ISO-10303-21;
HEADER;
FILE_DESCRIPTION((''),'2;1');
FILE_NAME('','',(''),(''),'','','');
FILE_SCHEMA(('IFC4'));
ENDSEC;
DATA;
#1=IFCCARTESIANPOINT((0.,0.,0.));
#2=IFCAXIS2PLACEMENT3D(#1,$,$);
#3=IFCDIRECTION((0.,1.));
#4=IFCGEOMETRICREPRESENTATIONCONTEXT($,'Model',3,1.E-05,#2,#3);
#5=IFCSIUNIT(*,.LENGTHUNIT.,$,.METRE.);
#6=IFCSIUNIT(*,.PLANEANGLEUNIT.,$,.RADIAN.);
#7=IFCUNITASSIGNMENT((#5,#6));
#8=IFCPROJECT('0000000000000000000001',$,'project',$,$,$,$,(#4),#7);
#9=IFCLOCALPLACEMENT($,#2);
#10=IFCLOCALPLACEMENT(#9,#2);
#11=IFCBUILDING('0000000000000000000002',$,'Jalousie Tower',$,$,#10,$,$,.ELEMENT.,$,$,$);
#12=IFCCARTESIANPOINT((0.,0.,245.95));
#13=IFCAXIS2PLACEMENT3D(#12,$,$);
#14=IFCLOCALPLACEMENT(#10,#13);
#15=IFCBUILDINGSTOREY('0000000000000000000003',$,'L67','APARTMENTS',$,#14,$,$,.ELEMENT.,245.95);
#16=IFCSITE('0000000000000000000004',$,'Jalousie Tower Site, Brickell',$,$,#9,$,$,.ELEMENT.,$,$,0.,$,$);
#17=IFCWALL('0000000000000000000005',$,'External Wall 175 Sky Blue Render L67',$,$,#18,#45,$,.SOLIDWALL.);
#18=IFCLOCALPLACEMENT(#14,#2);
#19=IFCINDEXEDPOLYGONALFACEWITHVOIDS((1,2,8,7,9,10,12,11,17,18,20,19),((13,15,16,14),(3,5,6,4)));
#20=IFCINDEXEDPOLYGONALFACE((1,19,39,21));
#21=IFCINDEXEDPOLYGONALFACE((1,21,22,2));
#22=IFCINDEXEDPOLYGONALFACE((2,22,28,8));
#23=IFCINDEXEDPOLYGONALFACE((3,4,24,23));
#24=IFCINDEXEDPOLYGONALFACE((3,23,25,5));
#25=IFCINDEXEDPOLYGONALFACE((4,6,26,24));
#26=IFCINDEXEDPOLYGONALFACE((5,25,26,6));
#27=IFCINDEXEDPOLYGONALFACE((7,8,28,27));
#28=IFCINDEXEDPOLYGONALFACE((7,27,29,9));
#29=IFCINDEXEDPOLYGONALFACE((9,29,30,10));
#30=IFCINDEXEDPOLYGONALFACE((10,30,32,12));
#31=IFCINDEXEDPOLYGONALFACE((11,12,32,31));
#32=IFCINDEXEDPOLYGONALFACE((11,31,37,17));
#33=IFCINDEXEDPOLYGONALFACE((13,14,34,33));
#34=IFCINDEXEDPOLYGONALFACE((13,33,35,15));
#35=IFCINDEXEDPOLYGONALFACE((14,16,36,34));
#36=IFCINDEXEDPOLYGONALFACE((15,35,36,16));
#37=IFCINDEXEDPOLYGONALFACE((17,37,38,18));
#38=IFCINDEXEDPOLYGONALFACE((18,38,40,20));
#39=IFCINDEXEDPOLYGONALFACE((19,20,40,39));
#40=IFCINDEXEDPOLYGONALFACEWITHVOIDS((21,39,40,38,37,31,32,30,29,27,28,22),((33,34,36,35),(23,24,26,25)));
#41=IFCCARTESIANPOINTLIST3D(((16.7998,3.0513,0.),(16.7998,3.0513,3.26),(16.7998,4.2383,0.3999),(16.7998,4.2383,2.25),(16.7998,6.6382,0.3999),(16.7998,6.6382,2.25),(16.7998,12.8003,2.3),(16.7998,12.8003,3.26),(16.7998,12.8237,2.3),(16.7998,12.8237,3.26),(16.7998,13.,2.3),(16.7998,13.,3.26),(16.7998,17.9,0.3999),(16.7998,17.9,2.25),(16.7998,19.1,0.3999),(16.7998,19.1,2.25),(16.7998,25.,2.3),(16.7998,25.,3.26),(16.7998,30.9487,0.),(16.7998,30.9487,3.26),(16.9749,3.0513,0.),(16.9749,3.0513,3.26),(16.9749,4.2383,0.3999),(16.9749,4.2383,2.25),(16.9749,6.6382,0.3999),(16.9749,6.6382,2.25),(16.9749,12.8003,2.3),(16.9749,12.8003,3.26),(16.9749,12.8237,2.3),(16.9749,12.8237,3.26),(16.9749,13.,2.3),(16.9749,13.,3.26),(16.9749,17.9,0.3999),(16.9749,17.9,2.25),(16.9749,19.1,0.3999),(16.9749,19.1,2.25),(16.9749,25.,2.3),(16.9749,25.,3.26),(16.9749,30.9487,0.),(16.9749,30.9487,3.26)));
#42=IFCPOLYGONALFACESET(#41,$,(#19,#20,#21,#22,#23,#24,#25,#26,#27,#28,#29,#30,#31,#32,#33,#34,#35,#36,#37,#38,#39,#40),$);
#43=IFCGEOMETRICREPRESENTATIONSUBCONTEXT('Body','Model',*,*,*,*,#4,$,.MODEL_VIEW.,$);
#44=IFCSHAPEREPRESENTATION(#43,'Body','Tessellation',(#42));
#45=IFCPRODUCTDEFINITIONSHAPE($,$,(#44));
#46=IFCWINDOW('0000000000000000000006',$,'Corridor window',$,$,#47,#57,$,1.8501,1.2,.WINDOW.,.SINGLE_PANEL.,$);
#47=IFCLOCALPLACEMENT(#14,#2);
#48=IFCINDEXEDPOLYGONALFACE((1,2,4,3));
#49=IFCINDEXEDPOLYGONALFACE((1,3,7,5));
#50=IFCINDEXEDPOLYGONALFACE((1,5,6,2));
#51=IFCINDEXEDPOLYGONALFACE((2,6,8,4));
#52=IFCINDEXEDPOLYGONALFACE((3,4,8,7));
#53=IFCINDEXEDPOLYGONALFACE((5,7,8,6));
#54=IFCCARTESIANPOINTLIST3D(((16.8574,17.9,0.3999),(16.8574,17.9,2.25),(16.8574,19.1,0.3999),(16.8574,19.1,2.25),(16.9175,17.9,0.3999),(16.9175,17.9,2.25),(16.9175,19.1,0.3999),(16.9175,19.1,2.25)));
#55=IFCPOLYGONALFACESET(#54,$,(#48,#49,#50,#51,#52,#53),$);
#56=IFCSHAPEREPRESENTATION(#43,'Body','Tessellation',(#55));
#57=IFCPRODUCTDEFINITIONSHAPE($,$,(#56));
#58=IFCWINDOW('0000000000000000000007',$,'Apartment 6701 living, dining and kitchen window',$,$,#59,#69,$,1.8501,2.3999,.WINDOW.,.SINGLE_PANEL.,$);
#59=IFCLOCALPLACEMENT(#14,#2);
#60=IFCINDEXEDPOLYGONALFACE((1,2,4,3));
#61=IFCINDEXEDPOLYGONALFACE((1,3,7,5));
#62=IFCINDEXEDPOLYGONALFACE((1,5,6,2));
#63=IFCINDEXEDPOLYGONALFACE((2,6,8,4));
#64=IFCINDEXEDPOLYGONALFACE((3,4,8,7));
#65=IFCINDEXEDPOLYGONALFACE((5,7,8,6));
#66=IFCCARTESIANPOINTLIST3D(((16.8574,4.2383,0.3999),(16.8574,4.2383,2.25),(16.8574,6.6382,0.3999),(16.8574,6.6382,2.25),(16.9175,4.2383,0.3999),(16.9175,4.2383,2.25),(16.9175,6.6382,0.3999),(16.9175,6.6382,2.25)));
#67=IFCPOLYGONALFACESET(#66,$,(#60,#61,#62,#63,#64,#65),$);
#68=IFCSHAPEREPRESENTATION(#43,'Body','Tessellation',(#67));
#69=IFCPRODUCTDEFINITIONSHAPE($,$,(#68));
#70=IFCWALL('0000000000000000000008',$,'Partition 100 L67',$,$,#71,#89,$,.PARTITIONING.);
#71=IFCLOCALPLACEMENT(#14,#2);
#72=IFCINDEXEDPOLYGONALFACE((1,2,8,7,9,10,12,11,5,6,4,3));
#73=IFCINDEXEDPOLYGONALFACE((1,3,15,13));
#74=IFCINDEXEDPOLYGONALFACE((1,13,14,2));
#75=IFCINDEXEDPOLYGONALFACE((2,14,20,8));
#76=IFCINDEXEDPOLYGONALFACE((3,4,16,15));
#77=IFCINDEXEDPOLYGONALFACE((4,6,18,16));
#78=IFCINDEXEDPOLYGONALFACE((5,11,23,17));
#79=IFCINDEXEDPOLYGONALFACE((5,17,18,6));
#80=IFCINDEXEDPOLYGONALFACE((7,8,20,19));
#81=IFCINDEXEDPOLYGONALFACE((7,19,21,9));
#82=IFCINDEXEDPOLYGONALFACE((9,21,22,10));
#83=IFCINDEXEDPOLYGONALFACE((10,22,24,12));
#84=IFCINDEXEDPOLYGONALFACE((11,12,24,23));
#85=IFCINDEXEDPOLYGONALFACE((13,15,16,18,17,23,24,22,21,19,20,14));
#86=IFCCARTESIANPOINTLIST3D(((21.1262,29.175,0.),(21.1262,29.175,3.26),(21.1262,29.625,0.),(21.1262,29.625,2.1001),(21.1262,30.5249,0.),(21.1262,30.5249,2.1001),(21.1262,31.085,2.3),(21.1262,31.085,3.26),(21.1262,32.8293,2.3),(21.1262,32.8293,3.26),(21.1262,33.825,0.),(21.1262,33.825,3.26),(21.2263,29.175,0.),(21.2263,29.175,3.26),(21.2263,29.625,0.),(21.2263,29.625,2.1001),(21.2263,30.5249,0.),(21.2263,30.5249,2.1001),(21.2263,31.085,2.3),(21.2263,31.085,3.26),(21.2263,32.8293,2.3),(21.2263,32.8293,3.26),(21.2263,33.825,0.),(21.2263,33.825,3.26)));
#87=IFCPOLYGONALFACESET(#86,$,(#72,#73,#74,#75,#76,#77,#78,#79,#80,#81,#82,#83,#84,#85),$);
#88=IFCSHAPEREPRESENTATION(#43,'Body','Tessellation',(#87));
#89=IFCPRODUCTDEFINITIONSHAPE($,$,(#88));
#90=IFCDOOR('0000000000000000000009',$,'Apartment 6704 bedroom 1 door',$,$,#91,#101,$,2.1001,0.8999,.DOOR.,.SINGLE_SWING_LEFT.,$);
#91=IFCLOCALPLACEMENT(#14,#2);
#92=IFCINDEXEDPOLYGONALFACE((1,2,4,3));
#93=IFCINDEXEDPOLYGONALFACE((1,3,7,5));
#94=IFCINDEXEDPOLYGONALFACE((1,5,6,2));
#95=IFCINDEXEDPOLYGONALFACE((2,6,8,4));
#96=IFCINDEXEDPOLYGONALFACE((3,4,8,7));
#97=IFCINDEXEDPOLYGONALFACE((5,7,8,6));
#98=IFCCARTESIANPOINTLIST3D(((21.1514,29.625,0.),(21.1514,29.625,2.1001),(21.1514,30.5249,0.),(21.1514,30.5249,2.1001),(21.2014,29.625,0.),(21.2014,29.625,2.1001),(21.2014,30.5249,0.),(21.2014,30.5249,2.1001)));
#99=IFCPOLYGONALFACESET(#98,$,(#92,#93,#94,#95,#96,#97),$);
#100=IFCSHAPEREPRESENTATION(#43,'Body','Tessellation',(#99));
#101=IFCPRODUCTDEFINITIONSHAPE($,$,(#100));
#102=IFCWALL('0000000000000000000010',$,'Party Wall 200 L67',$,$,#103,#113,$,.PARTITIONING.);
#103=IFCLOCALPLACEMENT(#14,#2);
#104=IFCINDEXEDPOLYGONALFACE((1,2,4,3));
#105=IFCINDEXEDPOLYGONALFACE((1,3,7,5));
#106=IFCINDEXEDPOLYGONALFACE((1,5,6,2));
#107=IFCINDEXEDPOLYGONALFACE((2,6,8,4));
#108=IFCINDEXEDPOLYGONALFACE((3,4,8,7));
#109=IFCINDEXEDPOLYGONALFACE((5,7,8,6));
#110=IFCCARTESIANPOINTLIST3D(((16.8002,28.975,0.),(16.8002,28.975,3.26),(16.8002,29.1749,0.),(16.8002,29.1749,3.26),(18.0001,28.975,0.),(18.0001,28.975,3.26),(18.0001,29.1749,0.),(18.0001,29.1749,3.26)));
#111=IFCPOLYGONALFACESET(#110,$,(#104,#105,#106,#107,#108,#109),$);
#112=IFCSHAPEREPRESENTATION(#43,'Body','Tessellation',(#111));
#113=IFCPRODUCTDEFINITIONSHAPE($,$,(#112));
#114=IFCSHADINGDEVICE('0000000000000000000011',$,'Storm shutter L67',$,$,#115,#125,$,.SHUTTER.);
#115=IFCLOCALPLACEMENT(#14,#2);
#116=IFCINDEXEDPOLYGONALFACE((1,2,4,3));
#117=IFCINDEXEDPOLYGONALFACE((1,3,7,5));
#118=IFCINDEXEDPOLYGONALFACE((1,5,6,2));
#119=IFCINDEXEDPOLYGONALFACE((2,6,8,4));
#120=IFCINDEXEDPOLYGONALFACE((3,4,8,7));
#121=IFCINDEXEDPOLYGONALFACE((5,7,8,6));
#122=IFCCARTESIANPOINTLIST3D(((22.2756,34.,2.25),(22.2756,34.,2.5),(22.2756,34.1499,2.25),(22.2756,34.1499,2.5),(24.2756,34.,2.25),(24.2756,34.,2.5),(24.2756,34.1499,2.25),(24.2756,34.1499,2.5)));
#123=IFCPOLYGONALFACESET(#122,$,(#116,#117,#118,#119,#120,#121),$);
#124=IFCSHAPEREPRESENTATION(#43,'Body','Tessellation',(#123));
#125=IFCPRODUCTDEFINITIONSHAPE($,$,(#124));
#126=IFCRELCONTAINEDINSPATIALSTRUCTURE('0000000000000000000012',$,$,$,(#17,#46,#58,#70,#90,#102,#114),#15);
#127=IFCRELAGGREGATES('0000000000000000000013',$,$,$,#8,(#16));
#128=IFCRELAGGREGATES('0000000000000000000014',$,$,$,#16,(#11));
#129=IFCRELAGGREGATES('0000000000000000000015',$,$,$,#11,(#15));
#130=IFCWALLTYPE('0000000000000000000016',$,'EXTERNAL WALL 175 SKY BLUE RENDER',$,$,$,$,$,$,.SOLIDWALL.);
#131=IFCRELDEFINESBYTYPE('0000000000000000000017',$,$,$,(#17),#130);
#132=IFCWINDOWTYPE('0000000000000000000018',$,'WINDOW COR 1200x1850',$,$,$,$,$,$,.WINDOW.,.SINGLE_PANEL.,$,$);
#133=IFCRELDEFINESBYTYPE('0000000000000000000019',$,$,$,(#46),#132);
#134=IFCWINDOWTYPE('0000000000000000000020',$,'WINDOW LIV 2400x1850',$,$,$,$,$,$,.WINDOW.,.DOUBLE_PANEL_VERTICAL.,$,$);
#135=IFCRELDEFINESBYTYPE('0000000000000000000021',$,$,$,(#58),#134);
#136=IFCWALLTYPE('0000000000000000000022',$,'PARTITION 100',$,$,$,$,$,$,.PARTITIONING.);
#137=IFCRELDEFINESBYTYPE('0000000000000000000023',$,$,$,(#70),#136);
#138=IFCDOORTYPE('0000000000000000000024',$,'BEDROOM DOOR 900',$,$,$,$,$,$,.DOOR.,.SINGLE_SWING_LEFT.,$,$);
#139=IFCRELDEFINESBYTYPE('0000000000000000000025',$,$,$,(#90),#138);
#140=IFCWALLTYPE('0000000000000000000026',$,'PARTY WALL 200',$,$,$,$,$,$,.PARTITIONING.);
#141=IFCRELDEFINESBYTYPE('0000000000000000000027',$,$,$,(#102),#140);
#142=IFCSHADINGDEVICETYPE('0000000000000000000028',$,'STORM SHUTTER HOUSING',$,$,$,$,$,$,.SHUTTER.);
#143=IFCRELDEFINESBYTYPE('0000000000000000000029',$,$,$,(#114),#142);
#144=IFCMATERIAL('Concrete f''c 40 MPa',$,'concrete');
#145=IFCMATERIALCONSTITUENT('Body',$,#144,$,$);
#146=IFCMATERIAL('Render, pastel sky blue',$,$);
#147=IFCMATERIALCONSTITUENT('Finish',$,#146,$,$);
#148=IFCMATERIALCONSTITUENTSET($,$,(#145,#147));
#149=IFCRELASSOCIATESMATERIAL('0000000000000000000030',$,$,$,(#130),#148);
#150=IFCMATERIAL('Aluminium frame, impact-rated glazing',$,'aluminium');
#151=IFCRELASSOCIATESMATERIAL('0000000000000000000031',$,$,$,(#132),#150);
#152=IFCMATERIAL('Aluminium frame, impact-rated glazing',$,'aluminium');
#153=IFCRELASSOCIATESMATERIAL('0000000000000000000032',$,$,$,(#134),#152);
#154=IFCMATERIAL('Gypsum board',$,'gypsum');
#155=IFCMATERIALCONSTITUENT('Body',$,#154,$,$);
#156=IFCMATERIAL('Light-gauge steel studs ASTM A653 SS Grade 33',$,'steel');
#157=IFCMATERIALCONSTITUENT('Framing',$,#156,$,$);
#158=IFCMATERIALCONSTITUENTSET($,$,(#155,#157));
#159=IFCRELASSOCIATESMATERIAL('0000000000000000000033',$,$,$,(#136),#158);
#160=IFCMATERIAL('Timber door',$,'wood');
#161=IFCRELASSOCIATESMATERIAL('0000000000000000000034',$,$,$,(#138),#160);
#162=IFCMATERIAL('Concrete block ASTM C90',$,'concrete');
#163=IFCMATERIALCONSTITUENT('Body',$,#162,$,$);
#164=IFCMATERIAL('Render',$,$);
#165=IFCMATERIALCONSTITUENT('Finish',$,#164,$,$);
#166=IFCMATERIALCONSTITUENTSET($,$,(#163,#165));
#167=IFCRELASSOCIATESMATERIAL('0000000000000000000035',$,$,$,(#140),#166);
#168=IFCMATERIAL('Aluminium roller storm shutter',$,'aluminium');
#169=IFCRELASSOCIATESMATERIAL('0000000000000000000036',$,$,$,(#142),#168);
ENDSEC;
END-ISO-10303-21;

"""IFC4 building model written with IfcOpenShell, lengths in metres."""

from ifc_helpers import new_model, si_unit, direction, frame, frame_2d, origin, origin_2d, place, context, subcontext, project, spatial, polyline, rectangle, outline, extrude, material, constituent, constituent_set, type_object, element, fill, save


model = new_model("IFC4")

# Units and contexts
model_context = context("Model", 3, precision=1e-05, world=origin(), true_north=direction((0.0, 1.0)))
body_context = subcontext(model_context, "Body", "Model", "MODEL_VIEW")
ifc_project = project(units=[si_unit("LENGTHUNIT", "METRE"), si_unit("PLANEANGLEUNIT", "RADIAN")], contexts=[model_context])

# Site, building, storey
site_placement = place(None, origin())
site = spatial("IfcSite", under=ifc_project, at=site_placement, Name="Jalousie Tower Site, Brickell", CompositionType="ELEMENT", RefElevation=0.0)
building_placement = place(site_placement, origin())
building = spatial("IfcBuilding", under=site, at=building_placement, Name="Jalousie Tower", CompositionType="ELEMENT")
storey_placement = place(building_placement, frame((0.0, 0.0, 245.95)))
storey = spatial("IfcBuildingStorey", under=building, at=storey_placement, Name="L67", Description="APARTMENTS", CompositionType="ELEMENT", Elevation=245.95)

# Wall, openings, windows
ifc_material_1 = material(Name="Concrete f'c 40 MPa", Category="concrete")
ifc_constituent_1 = constituent(ifc_material_1, Name="Body")
ifc_material_2 = material(Name="Render, pastel sky blue")
ifc_constituent_2 = constituent(ifc_material_2, Name="Finish")
ifc_constituent_set_1 = constituent_set(constituents=[ifc_constituent_1, ifc_constituent_2])
wall_type_1 = type_object("IfcWallType", Name="EXTERNAL WALL 175 SKY BLUE RENDER", PredefinedType="SOLIDWALL", material=ifc_constituent_set_1)
wall_1_placement = place(storey_placement, frame((16.8875, 30.9487, 0.0), z_axis=(0.0, 0.0, 1.0), x_axis=(0.0, -1.0, 0.0)))
wall_1 = element("IfcWall", 1, at=wall_1_placement, inside=storey, type_object=wall_type_1, Name="External Wall 175 Sky Blue Render L67", PredefinedType="SOLIDWALL", context=body_context, shape_type="SweptSolid", body=[
    extrude(outline(polyline([(0.0, 0.0), (27.8975, 0.0), (27.8975, 3.26), (18.1484, 3.26), (18.1484, 2.3), (18.125, 2.3), (18.125, 3.26), (17.9487, 3.26), (17.9487, 2.3), (5.9487, 2.3), (5.9487, 3.26), (0.0, 3.26), (0.0, 0.0)])), frame((0.0, 0.0874, 0.0), z_axis=(0.0, -1.0, 0.0), x_axis=(1.0, 0.0, 0.0)), (0.0, 0.0, 1.0), 0.175),
])
opening_1_placement = place(wall_1_placement, frame((11.8486, 0.0, 0.3999)))
opening_1 = element("IfcOpeningElement", 2, at=opening_1_placement, cuts=wall_1, PredefinedType="OPENING", context=body_context, shape_type="SweptSolid", body=[
    extrude(rectangle(XDim=1.2, YDim=1.8501, at=frame_2d((0.6001, 0.925))), frame((0.0, 0.0974, 0.0), z_axis=(0.0, -1.0, 0.0), x_axis=(1.0, 0.0, 0.0)), (0.0, 0.0, 1.0), 0.1951),
])
opening_2_placement = place(wall_1_placement, frame((24.3105, 0.0, 0.3999)))
opening_2 = element("IfcOpeningElement", 3, at=opening_2_placement, cuts=wall_1, PredefinedType="OPENING", context=body_context, shape_type="SweptSolid", body=[
    extrude(rectangle(XDim=2.3999, YDim=1.8501, at=frame_2d((1.2, 0.925))), frame((0.0, 0.0974, 0.0), z_axis=(0.0, -1.0, 0.0), x_axis=(1.0, 0.0, 0.0)), (0.0, 0.0, 1.0), 0.1951),
])
ifc_material_3 = material(Name="Aluminium frame, impact-rated glazing", Category="aluminium")
window_type_1 = type_object("IfcWindowType", Name="WINDOW COR 1200x1850", PartitioningType="SINGLE_PANEL", PredefinedType="WINDOW", material=ifc_material_3)
window_1_placement = place(opening_1_placement, origin())
window_1 = element("IfcWindow", 4, at=window_1_placement, inside=storey, type_object=window_type_1, Name="Corridor window", OverallHeight=1.8501, OverallWidth=1.2, PartitioningType="SINGLE_PANEL", PredefinedType="WINDOW", context=body_context, shape_type="SweptSolid", body=[
    extrude(rectangle(XDim=1.2, YDim=1.8501, at=frame_2d((0.6001, 0.925))), frame((0.0, 0.03, 0.0), z_axis=(0.0, -1.0, 0.0), x_axis=(1.0, 0.0, 0.0)), (0.0, 0.0, 1.0), 0.0601),
])
fill(opening_1, window_1)
ifc_material_4 = material(Name="Aluminium frame, impact-rated glazing", Category="aluminium")
window_type_2 = type_object("IfcWindowType", Name="WINDOW LIV 2400x1850", PartitioningType="DOUBLE_PANEL_VERTICAL", PredefinedType="WINDOW", material=ifc_material_4)
window_2_placement = place(opening_2_placement, origin())
window_2 = element("IfcWindow", 5, at=window_2_placement, inside=storey, type_object=window_type_2, Name="Apartment 6701 living, dining and kitchen window", OverallHeight=1.8501, OverallWidth=2.3999, PartitioningType="SINGLE_PANEL", PredefinedType="WINDOW", context=body_context, shape_type="SweptSolid", body=[
    extrude(rectangle(XDim=2.3999, YDim=1.8501, at=frame_2d((1.2, 0.925))), frame((0.0, 0.03, 0.0), z_axis=(0.0, -1.0, 0.0), x_axis=(1.0, 0.0, 0.0)), (0.0, 0.0, 1.0), 0.0601),
])
fill(opening_2, window_2)

# Wall, opening, door
ifc_material_5 = material(Name="Gypsum board", Category="gypsum")
ifc_constituent_3 = constituent(ifc_material_5, Name="Body")
ifc_material_6 = material(Name="Light-gauge steel studs ASTM A653 SS Grade 33", Category="steel")
ifc_constituent_4 = constituent(ifc_material_6, Name="Framing")
ifc_constituent_set_2 = constituent_set(constituents=[ifc_constituent_3, ifc_constituent_4])
wall_type_2 = type_object("IfcWallType", Name="PARTITION 100", PredefinedType="PARTITIONING", material=ifc_constituent_set_2)
wall_2_placement = place(storey_placement, frame((21.1763, 33.825, 0.0), z_axis=(0.0, 0.0, 1.0), x_axis=(0.0, -1.0, 0.0)))
wall_2 = element("IfcWall", 6, at=wall_2_placement, inside=storey, type_object=wall_type_2, Name="Partition 100 L67", PredefinedType="PARTITIONING", context=body_context, shape_type="SweptSolid", body=[
    extrude(outline(polyline([(0.0, 0.0), (4.6499, 0.0), (4.6499, 3.26), (2.74, 3.26), (2.74, 2.3), (0.9956, 2.3), (0.9956, 3.26), (0.0, 3.26), (0.0, 0.0)])), frame((0.0, 0.05, 0.0), z_axis=(0.0, -1.0, 0.0), x_axis=(1.0, 0.0, 0.0)), (0.0, 0.0, 1.0), 0.1001),
])
opening_3_placement = place(wall_2_placement, frame((3.3, 0.0, 0.0)))
opening_3 = element("IfcOpeningElement", 7, at=opening_3_placement, cuts=wall_2, PredefinedType="OPENING", context=body_context, shape_type="SweptSolid", body=[
    extrude(rectangle(XDim=0.8999, YDim=2.1001, at=frame_2d((0.45, 1.05))), frame((0.0, 0.0601, 0.0), z_axis=(0.0, -1.0, 0.0), x_axis=(1.0, 0.0, 0.0)), (0.0, 0.0, 1.0), 0.1201),
])
ifc_material_7 = material(Name="Timber door", Category="wood")
door_type_1 = type_object("IfcDoorType", Name="BEDROOM DOOR 900", OperationType="SINGLE_SWING_LEFT", PredefinedType="DOOR", material=ifc_material_7)
door_1_placement = place(opening_3_placement, frame((0.8999, 0.0, 0.0), z_axis=(0.0, 0.0, 1.0), x_axis=(-1.0, 0.0, 0.0)))
door_1 = element("IfcDoor", 8, at=door_1_placement, inside=storey, type_object=door_type_1, Name="Apartment 6704 bedroom 1 door", OperationType="SINGLE_SWING_LEFT", OverallHeight=2.1001, OverallWidth=0.8999, PredefinedType="DOOR", context=body_context, shape_type="SweptSolid", body=[
    extrude(rectangle(XDim=0.8999, YDim=2.1001, at=frame_2d((0.45, 1.05))), frame((0.0, 0.0249, 0.0), z_axis=(0.0, -1.0, 0.0), x_axis=(1.0, 0.0, 0.0)), (0.0, 0.0, 1.0), 0.05),
])
fill(opening_3, door_1)

# Wall
ifc_material_8 = material(Name="Concrete block ASTM C90", Category="concrete")
ifc_constituent_5 = constituent(ifc_material_8, Name="Body")
ifc_material_9 = material(Name="Render")
ifc_constituent_6 = constituent(ifc_material_9, Name="Finish")
ifc_constituent_set_3 = constituent_set(constituents=[ifc_constituent_5, ifc_constituent_6])
wall_type_3 = type_object("IfcWallType", Name="PARTY WALL 200", PredefinedType="PARTITIONING", material=ifc_constituent_set_3)
wall_3_placement = place(storey_placement, frame((16.8, 29.075, 0.0), z_axis=(0.0, 0.0, 1.0), x_axis=(1.0, 0.0, 0.0)))
element("IfcWall", 9, at=wall_3_placement, inside=storey, type_object=wall_type_3, Name="Party Wall 200 L67", PredefinedType="PARTITIONING", context=body_context, shape_type="SweptSolid", body=[
    extrude(rectangle(XDim=1.2, YDim=0.2, at=frame_2d((0.6001, 0.0))), origin(), (0.0, 0.0, 1.0), 3.26),
])

# Shading device
ifc_material_10 = material(Name="Aluminium roller storm shutter", Category="aluminium")
shading_device_type = type_object("IfcShadingDeviceType", Name="STORM SHUTTER HOUSING", PredefinedType="SHUTTER", material=ifc_material_10)
shading_device_placement = place(storey_placement, frame((23.2756, 34.075, 2.25), z_axis=(0.0, 0.0, 1.0), x_axis=(-1.0, 0.0, 0.0)))
element("IfcShadingDevice", 10, at=shading_device_placement, inside=storey, type_object=shading_device_type, Name="Storm shutter L67", PredefinedType="SHUTTER", context=body_context, shape_type="SweptSolid", body=[
    extrude(rectangle(XDim=2.0, YDim=0.1499, at=origin_2d()), origin(), (0.0, 0.0, 1.0), 0.25),
])

save(model, "model.ifc")
